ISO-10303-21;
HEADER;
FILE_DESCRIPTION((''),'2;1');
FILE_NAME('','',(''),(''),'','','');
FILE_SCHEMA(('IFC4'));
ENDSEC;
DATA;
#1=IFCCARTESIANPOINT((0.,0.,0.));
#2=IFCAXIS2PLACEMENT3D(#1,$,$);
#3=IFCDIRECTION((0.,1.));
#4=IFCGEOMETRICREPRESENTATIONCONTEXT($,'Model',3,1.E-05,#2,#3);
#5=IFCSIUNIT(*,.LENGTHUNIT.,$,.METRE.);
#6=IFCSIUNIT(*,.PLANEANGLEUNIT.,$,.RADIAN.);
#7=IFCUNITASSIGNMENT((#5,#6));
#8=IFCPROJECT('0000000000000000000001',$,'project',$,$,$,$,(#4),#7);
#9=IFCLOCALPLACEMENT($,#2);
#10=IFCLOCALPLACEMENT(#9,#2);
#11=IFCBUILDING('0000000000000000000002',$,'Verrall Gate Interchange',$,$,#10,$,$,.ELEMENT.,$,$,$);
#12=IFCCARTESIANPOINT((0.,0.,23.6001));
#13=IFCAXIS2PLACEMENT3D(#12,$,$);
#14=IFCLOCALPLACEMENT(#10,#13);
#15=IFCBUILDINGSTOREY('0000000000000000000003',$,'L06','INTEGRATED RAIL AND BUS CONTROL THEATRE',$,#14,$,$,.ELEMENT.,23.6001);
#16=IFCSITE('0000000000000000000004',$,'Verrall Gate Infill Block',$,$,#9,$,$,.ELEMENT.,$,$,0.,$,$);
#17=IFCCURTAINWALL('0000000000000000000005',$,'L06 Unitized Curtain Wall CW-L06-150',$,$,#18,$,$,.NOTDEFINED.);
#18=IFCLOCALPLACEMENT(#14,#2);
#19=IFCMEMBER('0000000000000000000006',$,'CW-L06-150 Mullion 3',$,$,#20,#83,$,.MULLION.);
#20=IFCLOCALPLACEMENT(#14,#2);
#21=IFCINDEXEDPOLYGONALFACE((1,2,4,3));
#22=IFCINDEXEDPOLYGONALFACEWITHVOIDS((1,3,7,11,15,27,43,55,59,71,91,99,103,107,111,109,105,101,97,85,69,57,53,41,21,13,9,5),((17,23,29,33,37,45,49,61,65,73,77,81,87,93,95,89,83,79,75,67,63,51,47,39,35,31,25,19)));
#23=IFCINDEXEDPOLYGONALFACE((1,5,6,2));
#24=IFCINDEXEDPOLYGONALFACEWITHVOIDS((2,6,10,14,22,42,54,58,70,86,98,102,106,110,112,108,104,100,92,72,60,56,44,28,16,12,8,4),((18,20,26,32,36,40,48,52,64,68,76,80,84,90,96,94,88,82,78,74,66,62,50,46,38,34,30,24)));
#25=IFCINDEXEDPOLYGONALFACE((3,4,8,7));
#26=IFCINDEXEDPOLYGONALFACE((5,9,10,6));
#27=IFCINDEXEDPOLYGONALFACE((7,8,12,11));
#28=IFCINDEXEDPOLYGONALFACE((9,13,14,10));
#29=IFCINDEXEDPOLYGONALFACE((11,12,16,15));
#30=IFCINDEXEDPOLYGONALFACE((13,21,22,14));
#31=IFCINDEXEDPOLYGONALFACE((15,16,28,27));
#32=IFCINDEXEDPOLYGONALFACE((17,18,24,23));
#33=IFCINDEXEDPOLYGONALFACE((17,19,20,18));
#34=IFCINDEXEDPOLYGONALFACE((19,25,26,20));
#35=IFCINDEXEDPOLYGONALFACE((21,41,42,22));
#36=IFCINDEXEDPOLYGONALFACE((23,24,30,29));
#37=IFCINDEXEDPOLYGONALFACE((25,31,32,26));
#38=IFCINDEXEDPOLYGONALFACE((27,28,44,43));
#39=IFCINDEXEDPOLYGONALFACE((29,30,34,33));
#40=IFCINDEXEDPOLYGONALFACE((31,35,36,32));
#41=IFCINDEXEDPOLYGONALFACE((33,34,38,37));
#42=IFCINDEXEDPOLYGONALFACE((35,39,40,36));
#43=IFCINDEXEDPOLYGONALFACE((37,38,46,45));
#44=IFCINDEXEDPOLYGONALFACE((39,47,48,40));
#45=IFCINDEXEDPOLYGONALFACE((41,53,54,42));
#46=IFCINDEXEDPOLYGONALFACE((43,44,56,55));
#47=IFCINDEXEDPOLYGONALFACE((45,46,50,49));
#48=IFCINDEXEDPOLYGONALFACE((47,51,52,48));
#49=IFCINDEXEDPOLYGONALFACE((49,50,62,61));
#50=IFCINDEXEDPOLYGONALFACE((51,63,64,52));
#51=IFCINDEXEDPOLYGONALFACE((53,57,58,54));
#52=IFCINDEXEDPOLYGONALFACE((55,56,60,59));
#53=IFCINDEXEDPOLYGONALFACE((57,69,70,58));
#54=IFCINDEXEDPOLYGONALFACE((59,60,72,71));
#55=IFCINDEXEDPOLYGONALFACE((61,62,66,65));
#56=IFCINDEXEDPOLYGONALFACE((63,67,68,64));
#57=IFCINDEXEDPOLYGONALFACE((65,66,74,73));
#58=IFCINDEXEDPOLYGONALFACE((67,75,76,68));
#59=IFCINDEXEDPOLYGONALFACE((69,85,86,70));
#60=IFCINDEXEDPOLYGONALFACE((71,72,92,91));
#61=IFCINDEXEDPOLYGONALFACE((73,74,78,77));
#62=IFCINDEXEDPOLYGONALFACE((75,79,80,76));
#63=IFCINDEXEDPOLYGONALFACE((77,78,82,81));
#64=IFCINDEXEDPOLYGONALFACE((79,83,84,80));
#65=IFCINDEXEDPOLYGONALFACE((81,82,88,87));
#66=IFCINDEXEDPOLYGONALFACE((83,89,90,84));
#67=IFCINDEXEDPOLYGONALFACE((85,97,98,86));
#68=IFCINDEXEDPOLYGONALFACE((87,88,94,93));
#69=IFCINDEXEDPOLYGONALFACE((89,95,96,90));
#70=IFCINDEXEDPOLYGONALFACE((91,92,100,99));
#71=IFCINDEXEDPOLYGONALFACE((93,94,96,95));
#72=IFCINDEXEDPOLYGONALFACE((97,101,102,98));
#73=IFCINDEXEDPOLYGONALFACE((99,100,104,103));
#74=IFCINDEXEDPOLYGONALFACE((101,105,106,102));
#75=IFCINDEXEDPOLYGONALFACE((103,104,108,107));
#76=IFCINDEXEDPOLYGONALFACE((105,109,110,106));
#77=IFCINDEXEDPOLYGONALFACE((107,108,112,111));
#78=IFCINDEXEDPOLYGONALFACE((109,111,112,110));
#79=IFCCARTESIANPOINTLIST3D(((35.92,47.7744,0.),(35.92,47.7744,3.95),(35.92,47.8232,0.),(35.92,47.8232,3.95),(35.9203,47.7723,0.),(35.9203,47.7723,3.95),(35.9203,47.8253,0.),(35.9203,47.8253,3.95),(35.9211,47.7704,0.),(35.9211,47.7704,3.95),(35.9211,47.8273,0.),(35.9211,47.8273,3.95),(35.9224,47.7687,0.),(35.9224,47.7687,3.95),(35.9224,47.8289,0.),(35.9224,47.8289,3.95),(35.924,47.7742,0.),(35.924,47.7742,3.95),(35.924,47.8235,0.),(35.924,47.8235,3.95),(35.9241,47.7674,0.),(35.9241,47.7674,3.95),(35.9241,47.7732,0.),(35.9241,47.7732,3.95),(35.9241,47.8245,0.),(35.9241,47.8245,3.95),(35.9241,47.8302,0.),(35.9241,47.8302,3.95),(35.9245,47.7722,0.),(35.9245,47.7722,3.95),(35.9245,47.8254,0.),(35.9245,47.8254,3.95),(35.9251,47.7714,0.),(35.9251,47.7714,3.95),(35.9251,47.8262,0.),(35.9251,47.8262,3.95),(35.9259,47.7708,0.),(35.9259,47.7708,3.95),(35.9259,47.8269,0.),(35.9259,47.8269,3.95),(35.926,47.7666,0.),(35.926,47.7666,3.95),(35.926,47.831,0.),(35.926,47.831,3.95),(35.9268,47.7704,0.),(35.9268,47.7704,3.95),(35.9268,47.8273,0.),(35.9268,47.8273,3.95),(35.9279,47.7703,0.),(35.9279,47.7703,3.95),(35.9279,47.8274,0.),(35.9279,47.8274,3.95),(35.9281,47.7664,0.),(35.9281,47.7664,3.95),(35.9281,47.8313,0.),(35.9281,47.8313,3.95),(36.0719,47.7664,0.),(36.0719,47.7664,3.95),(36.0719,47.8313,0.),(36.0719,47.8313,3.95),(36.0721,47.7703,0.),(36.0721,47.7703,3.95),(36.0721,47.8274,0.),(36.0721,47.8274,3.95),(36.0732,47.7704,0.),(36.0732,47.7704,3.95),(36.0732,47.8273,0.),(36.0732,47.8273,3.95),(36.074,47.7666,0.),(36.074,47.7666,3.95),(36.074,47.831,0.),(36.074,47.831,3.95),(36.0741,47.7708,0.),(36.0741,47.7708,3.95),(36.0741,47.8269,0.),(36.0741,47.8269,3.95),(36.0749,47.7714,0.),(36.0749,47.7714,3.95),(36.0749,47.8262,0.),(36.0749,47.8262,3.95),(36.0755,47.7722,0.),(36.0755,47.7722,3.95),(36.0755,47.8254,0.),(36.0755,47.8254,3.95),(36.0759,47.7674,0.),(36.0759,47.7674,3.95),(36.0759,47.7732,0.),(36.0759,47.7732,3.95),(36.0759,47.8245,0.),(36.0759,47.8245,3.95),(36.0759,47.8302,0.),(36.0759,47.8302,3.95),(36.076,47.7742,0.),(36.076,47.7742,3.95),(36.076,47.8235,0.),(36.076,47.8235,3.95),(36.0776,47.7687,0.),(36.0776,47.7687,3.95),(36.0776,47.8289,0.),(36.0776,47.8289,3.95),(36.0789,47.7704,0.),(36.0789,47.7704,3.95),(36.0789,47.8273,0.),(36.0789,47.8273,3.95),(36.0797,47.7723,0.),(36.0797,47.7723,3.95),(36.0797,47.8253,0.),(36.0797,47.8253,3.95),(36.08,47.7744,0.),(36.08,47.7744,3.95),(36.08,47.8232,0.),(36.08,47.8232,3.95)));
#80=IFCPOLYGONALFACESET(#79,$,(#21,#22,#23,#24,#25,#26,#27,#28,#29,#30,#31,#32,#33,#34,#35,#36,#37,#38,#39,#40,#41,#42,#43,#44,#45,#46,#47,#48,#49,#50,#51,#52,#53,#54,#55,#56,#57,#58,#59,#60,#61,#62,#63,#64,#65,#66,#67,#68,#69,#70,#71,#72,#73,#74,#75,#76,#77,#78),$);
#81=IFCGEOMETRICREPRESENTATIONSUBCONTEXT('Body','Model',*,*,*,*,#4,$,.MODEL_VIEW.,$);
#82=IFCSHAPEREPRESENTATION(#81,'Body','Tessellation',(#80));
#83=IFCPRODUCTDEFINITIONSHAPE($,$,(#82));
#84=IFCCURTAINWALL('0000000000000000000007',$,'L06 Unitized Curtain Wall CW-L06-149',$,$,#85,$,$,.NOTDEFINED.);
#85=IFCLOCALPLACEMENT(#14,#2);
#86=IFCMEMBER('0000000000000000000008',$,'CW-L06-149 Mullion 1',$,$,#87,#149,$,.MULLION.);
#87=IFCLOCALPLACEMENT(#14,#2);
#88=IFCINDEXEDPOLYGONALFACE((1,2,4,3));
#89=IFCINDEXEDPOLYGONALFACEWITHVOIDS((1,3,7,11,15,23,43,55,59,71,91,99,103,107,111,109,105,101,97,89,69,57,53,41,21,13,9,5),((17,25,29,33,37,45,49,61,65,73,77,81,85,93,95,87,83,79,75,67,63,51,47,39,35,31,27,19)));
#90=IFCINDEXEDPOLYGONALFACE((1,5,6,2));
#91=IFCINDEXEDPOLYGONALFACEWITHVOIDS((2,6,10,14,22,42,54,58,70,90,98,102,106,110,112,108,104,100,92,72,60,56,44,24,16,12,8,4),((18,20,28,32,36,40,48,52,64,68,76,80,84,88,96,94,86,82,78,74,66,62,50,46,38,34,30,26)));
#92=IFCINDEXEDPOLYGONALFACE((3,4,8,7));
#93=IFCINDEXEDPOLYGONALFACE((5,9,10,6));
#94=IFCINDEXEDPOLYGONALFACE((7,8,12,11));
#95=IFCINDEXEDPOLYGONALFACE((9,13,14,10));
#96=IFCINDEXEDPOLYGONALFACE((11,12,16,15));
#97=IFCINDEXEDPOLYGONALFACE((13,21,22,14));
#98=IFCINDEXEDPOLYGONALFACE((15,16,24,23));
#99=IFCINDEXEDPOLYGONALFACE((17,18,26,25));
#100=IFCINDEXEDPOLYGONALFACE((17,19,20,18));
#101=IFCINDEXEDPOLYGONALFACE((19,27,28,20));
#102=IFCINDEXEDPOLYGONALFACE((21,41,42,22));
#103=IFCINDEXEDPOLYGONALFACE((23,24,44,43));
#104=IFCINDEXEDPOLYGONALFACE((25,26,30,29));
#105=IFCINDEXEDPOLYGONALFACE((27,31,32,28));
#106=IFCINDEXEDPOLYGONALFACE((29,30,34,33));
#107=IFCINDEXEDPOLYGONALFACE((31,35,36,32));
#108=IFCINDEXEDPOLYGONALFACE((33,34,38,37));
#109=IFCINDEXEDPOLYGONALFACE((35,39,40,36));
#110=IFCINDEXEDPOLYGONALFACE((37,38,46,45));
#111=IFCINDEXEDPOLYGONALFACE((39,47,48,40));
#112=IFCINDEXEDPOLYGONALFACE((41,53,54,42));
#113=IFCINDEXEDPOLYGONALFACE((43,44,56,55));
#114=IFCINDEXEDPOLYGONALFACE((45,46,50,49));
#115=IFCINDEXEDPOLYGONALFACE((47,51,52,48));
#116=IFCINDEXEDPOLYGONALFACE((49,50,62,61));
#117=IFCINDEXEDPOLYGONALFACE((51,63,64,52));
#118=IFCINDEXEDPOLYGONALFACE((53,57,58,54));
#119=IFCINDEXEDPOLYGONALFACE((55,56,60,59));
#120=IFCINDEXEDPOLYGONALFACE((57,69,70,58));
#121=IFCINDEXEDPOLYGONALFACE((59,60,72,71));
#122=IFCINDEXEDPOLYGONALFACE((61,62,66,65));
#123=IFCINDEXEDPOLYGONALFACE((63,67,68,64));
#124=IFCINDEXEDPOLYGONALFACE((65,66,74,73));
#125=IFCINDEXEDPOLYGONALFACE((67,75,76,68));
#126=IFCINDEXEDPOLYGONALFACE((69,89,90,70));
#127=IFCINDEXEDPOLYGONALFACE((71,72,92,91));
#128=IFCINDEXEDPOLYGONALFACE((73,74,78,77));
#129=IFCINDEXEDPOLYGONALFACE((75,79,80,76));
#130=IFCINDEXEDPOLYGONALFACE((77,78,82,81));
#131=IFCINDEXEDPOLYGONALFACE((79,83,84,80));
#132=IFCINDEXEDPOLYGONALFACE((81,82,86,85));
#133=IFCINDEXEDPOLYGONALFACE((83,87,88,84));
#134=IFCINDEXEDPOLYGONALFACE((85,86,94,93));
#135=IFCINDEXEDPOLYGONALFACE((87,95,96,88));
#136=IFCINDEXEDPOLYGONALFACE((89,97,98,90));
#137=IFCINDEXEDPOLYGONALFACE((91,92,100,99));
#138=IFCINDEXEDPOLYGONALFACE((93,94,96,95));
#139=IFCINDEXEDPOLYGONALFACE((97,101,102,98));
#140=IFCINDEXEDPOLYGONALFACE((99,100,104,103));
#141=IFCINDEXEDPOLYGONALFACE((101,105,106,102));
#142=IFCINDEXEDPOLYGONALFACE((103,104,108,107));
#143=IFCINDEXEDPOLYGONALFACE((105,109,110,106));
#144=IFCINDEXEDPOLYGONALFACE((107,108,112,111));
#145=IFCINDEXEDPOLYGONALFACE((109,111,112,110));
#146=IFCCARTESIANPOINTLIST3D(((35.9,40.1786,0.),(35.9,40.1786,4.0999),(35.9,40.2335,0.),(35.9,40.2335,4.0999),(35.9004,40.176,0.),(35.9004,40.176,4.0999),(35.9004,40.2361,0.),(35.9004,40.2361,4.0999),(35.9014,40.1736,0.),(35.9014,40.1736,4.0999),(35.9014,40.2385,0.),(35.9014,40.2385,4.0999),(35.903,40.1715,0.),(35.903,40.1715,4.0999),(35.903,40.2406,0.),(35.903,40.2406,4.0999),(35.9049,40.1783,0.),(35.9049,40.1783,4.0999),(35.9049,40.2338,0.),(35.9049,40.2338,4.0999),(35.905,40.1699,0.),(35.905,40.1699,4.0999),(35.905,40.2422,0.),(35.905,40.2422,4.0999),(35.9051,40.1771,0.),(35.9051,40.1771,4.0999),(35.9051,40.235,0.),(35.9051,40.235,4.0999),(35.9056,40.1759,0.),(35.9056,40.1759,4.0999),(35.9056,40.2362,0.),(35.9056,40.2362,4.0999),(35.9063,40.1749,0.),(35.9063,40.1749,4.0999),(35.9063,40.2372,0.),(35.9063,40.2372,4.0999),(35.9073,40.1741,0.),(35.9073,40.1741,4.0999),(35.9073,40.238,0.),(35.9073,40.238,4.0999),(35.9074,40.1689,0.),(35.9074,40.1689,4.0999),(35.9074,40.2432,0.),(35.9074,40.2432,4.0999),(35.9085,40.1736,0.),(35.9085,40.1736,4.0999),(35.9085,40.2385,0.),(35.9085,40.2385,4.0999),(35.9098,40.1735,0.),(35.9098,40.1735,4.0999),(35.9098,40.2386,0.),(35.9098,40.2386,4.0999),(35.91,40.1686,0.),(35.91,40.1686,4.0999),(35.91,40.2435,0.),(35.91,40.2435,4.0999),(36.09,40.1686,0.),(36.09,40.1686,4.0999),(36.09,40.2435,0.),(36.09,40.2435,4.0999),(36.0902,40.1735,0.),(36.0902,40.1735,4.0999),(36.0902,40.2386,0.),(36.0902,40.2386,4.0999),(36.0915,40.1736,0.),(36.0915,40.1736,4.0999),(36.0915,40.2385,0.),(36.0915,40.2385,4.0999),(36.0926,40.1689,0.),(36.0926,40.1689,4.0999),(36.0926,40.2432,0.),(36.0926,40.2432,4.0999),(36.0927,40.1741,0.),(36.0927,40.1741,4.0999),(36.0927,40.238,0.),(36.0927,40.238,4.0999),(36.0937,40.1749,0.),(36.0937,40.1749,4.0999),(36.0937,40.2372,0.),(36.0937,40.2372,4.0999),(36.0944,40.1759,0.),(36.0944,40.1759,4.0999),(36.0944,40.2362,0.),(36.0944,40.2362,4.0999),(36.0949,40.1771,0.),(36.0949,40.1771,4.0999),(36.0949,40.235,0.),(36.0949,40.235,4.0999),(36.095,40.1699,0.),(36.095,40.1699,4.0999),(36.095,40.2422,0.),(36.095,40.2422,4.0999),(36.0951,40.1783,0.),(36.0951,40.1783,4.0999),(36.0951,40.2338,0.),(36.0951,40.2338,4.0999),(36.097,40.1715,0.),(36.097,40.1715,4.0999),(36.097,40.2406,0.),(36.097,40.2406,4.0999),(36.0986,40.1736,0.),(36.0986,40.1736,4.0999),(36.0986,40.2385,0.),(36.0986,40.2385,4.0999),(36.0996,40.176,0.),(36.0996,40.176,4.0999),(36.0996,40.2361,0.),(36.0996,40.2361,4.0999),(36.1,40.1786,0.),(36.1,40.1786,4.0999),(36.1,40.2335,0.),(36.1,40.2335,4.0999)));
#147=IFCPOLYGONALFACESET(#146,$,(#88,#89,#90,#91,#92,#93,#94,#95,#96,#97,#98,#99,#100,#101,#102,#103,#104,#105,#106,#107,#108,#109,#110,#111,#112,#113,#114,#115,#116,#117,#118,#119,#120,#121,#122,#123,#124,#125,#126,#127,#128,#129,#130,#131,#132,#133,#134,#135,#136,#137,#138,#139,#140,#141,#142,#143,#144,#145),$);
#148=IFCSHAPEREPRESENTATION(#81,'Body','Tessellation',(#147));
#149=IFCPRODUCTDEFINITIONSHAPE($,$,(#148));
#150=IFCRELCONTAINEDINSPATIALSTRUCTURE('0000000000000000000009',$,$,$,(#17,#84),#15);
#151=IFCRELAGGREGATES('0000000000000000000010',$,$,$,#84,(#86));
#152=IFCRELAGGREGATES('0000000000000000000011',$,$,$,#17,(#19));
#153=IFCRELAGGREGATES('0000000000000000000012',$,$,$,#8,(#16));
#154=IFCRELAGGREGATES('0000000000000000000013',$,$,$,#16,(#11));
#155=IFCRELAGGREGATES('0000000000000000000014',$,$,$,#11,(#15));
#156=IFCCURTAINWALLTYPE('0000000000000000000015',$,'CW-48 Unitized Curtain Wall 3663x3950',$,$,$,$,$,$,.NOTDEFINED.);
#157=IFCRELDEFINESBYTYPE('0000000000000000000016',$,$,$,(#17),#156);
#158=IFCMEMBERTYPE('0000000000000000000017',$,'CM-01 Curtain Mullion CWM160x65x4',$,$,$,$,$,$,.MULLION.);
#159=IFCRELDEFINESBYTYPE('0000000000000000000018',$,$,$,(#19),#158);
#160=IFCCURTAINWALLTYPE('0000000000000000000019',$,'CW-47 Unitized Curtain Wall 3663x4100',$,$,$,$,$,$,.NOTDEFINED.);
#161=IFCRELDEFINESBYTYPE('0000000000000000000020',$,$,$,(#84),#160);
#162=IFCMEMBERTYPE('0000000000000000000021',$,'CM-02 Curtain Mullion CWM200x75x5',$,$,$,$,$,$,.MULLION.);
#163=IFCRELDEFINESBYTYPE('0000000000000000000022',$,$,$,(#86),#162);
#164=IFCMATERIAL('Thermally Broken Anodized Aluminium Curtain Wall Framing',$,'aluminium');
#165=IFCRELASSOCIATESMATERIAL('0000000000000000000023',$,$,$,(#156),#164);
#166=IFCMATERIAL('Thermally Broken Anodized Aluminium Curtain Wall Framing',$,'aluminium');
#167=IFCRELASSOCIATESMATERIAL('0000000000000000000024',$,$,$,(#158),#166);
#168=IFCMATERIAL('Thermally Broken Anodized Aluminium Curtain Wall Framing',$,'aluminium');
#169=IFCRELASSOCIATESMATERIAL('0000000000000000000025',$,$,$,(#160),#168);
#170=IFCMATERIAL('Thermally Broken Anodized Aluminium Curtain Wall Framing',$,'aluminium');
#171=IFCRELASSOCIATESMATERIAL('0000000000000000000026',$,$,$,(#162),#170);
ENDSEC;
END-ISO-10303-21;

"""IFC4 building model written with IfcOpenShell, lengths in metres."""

from ifc_helpers import new_model, si_unit, direction, frame, origin, origin_2d, place, context, subcontext, project, spatial, hollow_rectangle, extrude, material, material_profile, profile_set, type_object, element, aggregate, save


model = new_model("IFC4")

# Units and contexts
model_context = context("Model", 3, precision=1e-05, world=origin(), true_north=direction((0.0, 1.0)))
body_context = subcontext(model_context, "Body", "Model", "MODEL_VIEW")
ifc_project = project(units=[si_unit("LENGTHUNIT", "METRE"), si_unit("PLANEANGLEUNIT", "RADIAN")], contexts=[model_context])

# Site, building, storey
site_placement = place(None, origin())
site = spatial("IfcSite", under=ifc_project, at=site_placement, Name="Verrall Gate Infill Block", CompositionType="ELEMENT", RefElevation=0.0)
building_placement = place(site_placement, origin())
building = spatial("IfcBuilding", under=site, at=building_placement, Name="Verrall Gate Interchange", CompositionType="ELEMENT")
storey_placement = place(building_placement, frame((0.0, 0.0, 23.6001)))
storey = spatial("IfcBuildingStorey", under=building, at=storey_placement, Name="L06", Description="INTEGRATED RAIL AND BUS CONTROL THEATRE", CompositionType="ELEMENT", Elevation=23.6001)

# Curtain walls, members
ifc_material_1 = material(Name="Thermally Broken Anodized Aluminium Curtain Wall Framing", Category="aluminium")
curtain_wall_type_1 = type_object("IfcCurtainWallType", Name="CW-48 Unitized Curtain Wall 3663x3950", PredefinedType="NOTDEFINED", material=ifc_material_1)
curtain_wall_1_placement = place(storey_placement, origin())
curtain_wall_1 = element("IfcCurtainWall", 1, at=curtain_wall_1_placement, inside=storey, type_object=curtain_wall_type_1, Name="L06 Unitized Curtain Wall CW-L06-150", PredefinedType="NOTDEFINED")
ifc_material_2 = material(Name="Thermally Broken Anodized Aluminium Curtain Wall Framing", Category="aluminium")
ifc_material_profile_1 = material_profile(ifc_material_2, hollow_rectangle(XDim=0.0649, YDim=0.1599, WallThickness=0.0039, InnerFilletRadius=0.0039, OuterFilletRadius=0.0081, at=origin_2d()), Name="CWM160x65x4")
ifc_profile_set_1 = profile_set([ifc_material_profile_1], Name="Thermally Broken Anodized Aluminium Curtain Wall Framing")
member_type_1 = type_object("IfcMemberType", Name="CM-01 Curtain Mullion CWM160x65x4", PredefinedType="MULLION", material=ifc_profile_set_1)
member_1_placement = place(storey_placement, frame((36.0, 47.7988, 0.0), z_axis=(0.0, 0.0, 1.0), x_axis=(0.0, 1.0, 0.0)))
member_1 = element("IfcMember", 2, at=member_1_placement, type_object=member_type_1, Name="CW-L06-150 Mullion 3", PredefinedType="MULLION", context=body_context, shape_type="SweptSolid", body=[
    extrude(hollow_rectangle(XDim=0.0649, YDim=0.1599, WallThickness=0.0039, InnerFilletRadius=0.0039, OuterFilletRadius=0.0081, at=origin_2d()), origin(), (0.0, 0.0, 1.0), 3.95),
])
ifc_material_3 = material(Name="Thermally Broken Anodized Aluminium Curtain Wall Framing", Category="aluminium")
curtain_wall_type_2 = type_object("IfcCurtainWallType", Name="CW-47 Unitized Curtain Wall 3663x4100", PredefinedType="NOTDEFINED", material=ifc_material_3)
curtain_wall_2_placement = place(storey_placement, origin())
curtain_wall_2 = element("IfcCurtainWall", 3, at=curtain_wall_2_placement, inside=storey, type_object=curtain_wall_type_2, Name="L06 Unitized Curtain Wall CW-L06-149", PredefinedType="NOTDEFINED")
ifc_material_4 = material(Name="Thermally Broken Anodized Aluminium Curtain Wall Framing", Category="aluminium")
ifc_material_profile_2 = material_profile(ifc_material_4, hollow_rectangle(XDim=0.075, YDim=0.2, WallThickness=0.0049, InnerFilletRadius=0.0049, OuterFilletRadius=0.01, at=origin_2d()), Name="CWM200x75x5")
ifc_profile_set_2 = profile_set([ifc_material_profile_2], Name="Thermally Broken Anodized Aluminium Curtain Wall Framing")
member_type_2 = type_object("IfcMemberType", Name="CM-02 Curtain Mullion CWM200x75x5", PredefinedType="MULLION", material=ifc_profile_set_2)
member_2_placement = place(storey_placement, frame((36.0, 40.2061, 0.0), z_axis=(0.0, 0.0, 1.0), x_axis=(0.0, 1.0, 0.0)))
member_2 = element("IfcMember", 4, at=member_2_placement, type_object=member_type_2, Name="CW-L06-149 Mullion 1", PredefinedType="MULLION", context=body_context, shape_type="SweptSolid", body=[
    extrude(hollow_rectangle(XDim=0.075, YDim=0.2, WallThickness=0.0049, InnerFilletRadius=0.0049, OuterFilletRadius=0.01, at=origin_2d()), origin(), (0.0, 0.0, 1.0), 4.0999),
])

aggregate(curtain_wall_2, [member_2])
aggregate(curtain_wall_1, [member_1])

save(model, "model.ifc")
